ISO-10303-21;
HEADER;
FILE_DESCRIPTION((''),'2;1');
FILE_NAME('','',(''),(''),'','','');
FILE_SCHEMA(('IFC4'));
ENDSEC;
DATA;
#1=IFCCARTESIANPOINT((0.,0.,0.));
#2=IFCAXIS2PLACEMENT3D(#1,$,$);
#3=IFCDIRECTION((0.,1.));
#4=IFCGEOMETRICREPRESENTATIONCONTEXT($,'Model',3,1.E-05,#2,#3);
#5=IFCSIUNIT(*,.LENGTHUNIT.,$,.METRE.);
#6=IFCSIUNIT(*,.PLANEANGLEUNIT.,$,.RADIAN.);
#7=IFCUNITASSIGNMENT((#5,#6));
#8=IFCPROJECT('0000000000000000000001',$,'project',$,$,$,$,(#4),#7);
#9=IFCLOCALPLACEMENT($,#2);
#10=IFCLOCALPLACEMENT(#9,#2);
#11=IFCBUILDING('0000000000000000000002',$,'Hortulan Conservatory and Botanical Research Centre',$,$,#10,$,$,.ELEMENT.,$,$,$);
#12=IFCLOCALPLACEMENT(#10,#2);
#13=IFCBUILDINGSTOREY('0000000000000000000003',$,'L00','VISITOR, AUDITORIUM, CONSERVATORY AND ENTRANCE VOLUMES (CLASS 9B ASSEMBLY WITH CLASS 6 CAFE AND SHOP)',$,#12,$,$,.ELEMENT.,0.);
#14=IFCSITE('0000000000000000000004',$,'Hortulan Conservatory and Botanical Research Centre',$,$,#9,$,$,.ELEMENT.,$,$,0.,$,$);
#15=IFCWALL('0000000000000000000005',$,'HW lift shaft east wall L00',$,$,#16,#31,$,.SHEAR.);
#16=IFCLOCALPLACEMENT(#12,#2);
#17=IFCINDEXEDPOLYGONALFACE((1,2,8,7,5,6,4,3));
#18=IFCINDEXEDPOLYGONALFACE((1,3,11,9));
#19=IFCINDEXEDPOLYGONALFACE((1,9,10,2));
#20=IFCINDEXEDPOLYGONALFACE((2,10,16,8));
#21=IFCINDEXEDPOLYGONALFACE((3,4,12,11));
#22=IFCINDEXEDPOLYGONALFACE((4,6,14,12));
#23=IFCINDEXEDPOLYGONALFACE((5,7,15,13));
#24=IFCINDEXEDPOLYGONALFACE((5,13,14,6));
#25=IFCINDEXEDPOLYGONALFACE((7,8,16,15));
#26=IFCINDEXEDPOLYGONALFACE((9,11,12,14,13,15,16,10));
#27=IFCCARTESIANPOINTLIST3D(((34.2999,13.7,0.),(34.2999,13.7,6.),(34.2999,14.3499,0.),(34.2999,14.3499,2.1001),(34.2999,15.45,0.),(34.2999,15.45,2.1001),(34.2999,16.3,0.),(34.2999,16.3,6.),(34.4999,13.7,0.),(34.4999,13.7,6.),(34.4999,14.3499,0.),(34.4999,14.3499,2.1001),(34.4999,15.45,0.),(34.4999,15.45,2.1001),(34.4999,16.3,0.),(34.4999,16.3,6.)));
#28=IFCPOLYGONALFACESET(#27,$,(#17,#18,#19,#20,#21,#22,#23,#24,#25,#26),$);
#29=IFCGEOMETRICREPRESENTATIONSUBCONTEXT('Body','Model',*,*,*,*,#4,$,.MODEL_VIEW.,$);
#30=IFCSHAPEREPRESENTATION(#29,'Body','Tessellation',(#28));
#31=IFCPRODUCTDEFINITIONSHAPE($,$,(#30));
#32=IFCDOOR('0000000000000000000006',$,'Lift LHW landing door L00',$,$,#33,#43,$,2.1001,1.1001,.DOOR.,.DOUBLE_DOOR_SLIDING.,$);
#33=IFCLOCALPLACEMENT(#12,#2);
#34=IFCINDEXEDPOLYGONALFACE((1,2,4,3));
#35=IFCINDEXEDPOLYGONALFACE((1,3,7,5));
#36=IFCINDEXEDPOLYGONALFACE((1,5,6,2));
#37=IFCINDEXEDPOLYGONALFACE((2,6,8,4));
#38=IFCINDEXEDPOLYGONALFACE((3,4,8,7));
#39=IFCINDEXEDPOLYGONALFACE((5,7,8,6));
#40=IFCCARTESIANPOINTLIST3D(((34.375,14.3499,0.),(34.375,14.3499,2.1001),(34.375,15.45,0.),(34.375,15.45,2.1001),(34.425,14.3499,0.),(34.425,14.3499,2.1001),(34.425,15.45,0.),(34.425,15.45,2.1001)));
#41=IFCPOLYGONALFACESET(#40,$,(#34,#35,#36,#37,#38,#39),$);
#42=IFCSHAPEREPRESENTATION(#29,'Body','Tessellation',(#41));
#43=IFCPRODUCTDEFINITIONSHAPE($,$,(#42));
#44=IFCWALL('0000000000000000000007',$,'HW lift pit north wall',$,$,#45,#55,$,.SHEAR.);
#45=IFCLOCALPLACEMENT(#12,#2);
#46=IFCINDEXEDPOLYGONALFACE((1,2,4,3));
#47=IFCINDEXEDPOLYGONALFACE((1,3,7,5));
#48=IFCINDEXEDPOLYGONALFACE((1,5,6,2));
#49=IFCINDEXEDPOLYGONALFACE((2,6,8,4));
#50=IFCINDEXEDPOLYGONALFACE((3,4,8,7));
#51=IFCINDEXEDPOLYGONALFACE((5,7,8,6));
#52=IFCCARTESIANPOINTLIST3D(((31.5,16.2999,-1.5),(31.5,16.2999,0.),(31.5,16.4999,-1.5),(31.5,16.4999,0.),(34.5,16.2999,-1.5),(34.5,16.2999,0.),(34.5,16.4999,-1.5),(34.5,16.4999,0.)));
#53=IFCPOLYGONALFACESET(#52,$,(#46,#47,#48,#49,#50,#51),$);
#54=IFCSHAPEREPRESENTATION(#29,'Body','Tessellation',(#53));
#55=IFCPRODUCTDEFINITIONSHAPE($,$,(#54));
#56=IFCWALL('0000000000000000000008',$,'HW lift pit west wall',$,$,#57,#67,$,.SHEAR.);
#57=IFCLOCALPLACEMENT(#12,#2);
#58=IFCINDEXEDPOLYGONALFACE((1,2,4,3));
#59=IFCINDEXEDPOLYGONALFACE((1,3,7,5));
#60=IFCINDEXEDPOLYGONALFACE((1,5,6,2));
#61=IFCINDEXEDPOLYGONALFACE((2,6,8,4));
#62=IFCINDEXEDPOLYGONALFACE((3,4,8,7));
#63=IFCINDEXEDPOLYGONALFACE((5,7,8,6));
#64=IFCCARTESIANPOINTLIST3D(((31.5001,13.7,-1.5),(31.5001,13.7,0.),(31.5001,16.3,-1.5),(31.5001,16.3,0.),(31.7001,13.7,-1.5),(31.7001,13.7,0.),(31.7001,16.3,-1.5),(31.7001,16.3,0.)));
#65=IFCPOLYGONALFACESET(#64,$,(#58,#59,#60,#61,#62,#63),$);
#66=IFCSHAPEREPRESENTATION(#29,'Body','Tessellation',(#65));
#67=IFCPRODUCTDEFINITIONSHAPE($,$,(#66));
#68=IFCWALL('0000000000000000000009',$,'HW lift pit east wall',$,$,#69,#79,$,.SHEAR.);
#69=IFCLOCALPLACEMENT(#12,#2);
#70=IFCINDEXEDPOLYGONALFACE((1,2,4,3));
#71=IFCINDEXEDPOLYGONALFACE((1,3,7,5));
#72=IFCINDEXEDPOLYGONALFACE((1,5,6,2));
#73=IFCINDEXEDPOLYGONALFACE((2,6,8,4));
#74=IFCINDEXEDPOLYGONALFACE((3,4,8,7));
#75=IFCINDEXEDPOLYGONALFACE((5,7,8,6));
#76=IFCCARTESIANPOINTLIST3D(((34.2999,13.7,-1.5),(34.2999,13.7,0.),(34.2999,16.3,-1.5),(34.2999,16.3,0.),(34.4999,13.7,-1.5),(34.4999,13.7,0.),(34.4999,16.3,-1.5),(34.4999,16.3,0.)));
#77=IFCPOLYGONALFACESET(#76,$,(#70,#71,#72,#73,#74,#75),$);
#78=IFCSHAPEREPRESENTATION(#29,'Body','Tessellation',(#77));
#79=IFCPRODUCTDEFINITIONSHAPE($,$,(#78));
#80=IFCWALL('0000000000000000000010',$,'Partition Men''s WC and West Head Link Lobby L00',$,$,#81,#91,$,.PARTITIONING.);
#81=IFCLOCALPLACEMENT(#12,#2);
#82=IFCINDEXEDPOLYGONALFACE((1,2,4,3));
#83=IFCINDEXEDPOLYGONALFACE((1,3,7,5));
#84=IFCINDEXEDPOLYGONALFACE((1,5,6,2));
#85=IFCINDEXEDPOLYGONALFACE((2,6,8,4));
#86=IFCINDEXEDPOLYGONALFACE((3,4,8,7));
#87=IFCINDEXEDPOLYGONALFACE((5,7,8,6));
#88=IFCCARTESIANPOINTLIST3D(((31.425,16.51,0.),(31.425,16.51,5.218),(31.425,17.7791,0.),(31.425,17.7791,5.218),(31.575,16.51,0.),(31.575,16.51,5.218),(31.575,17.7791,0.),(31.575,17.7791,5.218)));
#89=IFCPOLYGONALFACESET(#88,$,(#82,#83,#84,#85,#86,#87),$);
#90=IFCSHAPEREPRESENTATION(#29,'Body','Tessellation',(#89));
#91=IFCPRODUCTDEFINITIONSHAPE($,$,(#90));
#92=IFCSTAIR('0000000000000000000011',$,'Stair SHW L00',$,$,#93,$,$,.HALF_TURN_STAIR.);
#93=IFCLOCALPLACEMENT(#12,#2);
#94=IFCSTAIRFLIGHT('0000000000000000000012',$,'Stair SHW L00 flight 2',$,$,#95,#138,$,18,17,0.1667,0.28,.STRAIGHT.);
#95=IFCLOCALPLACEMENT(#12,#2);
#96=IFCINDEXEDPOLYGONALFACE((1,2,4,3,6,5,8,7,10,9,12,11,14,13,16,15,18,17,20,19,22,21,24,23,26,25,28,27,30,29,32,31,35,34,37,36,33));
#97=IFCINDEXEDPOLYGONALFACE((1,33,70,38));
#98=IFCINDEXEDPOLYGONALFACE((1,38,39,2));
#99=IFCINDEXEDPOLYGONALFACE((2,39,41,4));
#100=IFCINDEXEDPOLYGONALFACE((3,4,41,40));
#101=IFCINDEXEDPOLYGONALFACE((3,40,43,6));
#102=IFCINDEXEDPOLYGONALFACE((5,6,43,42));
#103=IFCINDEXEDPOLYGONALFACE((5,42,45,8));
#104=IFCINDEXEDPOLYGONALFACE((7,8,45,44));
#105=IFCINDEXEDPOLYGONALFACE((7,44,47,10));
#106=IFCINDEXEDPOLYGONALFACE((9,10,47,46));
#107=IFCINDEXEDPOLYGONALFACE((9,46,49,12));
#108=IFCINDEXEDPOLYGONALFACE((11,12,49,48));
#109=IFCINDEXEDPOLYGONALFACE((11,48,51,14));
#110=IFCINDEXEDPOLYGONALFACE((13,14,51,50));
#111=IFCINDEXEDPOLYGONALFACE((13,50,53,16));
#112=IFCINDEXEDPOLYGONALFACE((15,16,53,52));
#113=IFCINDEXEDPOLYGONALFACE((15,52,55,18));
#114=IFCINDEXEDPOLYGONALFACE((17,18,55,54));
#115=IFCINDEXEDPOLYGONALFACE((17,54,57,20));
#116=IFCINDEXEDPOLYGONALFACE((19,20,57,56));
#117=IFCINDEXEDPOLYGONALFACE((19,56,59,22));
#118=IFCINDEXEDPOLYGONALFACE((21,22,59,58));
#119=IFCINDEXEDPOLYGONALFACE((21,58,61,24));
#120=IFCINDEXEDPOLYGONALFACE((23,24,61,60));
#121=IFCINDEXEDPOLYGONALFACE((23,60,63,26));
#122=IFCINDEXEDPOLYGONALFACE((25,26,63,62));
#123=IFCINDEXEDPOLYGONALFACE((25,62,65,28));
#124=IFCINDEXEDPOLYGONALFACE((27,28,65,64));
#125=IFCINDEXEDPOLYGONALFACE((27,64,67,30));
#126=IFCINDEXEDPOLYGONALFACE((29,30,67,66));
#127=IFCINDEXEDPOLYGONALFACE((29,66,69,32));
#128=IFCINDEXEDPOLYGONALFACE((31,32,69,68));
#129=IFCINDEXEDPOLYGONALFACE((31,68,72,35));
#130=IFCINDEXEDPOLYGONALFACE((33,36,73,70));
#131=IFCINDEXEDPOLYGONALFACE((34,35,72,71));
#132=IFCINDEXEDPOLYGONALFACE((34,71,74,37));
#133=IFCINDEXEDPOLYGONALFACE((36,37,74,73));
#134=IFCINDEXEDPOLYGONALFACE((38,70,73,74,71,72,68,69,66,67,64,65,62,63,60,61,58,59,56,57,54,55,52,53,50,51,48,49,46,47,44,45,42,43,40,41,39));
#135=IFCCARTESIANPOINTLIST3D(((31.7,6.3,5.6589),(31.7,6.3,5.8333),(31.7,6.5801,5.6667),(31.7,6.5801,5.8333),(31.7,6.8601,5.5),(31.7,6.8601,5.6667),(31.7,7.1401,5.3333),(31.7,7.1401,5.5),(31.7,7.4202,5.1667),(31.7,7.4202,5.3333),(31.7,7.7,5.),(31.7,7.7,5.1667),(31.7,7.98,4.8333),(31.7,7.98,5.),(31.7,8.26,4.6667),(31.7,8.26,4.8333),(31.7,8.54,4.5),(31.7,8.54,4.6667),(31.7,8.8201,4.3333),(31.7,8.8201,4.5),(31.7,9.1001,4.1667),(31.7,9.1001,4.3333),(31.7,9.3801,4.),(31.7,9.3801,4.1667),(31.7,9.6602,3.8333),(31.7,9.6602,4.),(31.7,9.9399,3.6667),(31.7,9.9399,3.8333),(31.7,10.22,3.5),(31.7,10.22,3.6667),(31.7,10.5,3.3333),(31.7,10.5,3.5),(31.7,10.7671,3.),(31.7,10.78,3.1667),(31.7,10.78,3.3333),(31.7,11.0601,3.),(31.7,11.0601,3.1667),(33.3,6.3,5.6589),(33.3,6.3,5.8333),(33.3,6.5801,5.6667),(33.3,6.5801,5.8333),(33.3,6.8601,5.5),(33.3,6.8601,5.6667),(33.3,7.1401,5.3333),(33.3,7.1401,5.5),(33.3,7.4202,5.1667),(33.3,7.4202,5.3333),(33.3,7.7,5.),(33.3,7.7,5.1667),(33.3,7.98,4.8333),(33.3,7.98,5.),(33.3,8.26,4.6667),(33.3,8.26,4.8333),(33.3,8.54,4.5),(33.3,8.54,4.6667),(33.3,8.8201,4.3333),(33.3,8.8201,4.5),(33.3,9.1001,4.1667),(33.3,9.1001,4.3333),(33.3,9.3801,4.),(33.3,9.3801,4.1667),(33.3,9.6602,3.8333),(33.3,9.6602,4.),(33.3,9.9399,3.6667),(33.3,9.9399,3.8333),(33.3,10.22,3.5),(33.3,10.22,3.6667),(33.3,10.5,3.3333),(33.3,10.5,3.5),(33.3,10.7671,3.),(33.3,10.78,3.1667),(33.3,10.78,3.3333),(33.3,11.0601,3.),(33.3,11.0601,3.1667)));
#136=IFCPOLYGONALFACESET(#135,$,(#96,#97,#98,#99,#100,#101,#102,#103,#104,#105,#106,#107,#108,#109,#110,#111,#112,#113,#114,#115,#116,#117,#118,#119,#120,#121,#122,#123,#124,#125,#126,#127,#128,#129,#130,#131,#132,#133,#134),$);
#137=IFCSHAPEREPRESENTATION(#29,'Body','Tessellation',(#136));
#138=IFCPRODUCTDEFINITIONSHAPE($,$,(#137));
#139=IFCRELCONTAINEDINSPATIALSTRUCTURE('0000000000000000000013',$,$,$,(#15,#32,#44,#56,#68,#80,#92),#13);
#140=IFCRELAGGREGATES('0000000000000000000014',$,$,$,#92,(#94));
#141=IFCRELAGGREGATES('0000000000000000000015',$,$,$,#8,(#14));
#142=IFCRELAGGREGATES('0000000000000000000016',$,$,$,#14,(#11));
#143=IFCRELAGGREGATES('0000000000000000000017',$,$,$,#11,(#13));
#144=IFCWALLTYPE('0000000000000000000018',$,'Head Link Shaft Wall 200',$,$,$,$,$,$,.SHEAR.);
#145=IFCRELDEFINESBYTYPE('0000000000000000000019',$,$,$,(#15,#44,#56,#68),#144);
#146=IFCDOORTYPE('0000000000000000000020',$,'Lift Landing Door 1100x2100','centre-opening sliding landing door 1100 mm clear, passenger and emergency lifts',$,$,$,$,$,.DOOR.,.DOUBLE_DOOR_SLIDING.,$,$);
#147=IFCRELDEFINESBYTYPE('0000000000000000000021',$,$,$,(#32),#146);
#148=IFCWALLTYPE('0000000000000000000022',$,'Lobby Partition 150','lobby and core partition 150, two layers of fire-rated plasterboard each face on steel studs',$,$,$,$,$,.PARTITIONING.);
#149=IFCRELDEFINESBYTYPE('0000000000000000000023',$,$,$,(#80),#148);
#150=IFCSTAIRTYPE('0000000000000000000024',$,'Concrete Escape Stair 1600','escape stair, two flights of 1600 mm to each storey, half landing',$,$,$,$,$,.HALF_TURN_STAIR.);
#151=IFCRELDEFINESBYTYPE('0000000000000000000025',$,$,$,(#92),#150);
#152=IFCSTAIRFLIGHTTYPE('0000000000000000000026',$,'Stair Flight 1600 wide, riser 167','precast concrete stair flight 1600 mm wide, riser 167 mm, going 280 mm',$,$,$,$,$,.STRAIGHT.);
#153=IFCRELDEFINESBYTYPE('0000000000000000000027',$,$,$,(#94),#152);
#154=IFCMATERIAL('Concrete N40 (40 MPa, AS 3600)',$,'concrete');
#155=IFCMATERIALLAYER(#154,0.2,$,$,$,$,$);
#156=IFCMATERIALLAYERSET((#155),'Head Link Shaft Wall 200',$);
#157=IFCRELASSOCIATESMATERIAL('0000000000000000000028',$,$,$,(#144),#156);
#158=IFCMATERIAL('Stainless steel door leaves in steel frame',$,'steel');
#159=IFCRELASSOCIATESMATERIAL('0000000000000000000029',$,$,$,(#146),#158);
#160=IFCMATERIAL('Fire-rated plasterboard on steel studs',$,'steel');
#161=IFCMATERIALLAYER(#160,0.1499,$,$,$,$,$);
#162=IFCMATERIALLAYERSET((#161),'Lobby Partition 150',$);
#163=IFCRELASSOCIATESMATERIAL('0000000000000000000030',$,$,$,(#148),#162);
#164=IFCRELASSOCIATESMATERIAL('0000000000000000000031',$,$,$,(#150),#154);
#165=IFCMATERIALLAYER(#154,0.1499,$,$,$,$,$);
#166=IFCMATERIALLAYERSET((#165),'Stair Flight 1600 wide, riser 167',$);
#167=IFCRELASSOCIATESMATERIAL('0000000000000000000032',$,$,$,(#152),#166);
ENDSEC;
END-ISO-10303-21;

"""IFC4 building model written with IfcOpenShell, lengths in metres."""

from ifc_helpers import new_model, si_unit, direction, frame, frame_2d, origin, place, context, subcontext, project, spatial, polyline, rectangle, outline, extrude, material, layer, layer_set, type_object, element, fill, aggregate, save


model = new_model("IFC4")

# Units and contexts
model_context = context("Model", 3, precision=1e-05, world=origin(), true_north=direction((0.0, 1.0)))
body_context = subcontext(model_context, "Body", "Model", "MODEL_VIEW")
ifc_project = project(units=[si_unit("LENGTHUNIT", "METRE"), si_unit("PLANEANGLEUNIT", "RADIAN")], contexts=[model_context])

# Site, building, storey
site_placement = place(None, origin())
site = spatial("IfcSite", under=ifc_project, at=site_placement, Name="Hortulan Conservatory and Botanical Research Centre", CompositionType="ELEMENT", RefElevation=0.0)
building_placement = place(site_placement, origin())
building = spatial("IfcBuilding", under=site, at=building_placement, Name="Hortulan Conservatory and Botanical Research Centre", CompositionType="ELEMENT")
storey_placement = place(building_placement, origin())
storey = spatial("IfcBuildingStorey", under=building, at=storey_placement, Name="L00", Description="VISITOR, AUDITORIUM, CONSERVATORY AND ENTRANCE VOLUMES (CLASS 9B ASSEMBLY WITH CLASS 6 CAFE AND SHOP)", CompositionType="ELEMENT", Elevation=0.0)

# Shared definitions
ifc_material_1 = material(Name="Concrete N40 (40 MPa, AS 3600)", Category="concrete")

# Shared definitions
ifc_layer_1 = layer(ifc_material_1, 0.2)
ifc_layer_set_1 = layer_set([ifc_layer_1], Name="Head Link Shaft Wall 200")
wall_type_1 = type_object("IfcWallType", Name="Head Link Shaft Wall 200", PredefinedType="SHEAR", material=ifc_layer_set_1)

# Wall, opening, door
wall_1_placement = place(storey_placement, frame((34.3999, 13.7, 0.0), z_axis=(0.0, 0.0, 1.0), x_axis=(0.0, 1.0, 0.0)))
wall_1 = element("IfcWall", 1, at=wall_1_placement, inside=storey, type_object=wall_type_1, Name="HW lift shaft east wall L00", PredefinedType="SHEAR", context=body_context, shape_type="SweptSolid", body=[
    extrude(rectangle(XDim=2.6001, YDim=0.2, at=frame_2d((1.3, 0.0))), origin(), (0.0, 0.0, 1.0), 6.0),
])
opening_placement = place(wall_1_placement, frame((0.6499, 0.0, 0.0)))
opening = element("IfcOpeningElement", 2, at=opening_placement, cuts=wall_1, PredefinedType="OPENING", context=body_context, shape_type="SweptSolid", body=[
    extrude(rectangle(XDim=1.1001, YDim=2.1001, at=frame_2d((0.55, 1.05))), frame((0.0, 0.1099, 0.0), z_axis=(0.0, -1.0, 0.0), x_axis=(1.0, 0.0, 0.0)), (0.0, 0.0, 1.0), 0.22),
])
ifc_material_2 = material(Name="Stainless steel door leaves in steel frame", Category="steel")
door_type = type_object("IfcDoorType", Name="Lift Landing Door 1100x2100", Description="centre-opening sliding landing door 1100 mm clear, passenger and emergency lifts", OperationType="DOUBLE_DOOR_SLIDING", PredefinedType="DOOR", material=ifc_material_2)
door_placement = place(opening_placement, origin())
door = element("IfcDoor", 3, at=door_placement, inside=storey, type_object=door_type, Name="Lift LHW landing door L00", OperationType="DOUBLE_DOOR_SLIDING", OverallHeight=2.1001, OverallWidth=1.1001, PredefinedType="DOOR", context=body_context, shape_type="SweptSolid", body=[
    extrude(rectangle(XDim=1.1001, YDim=2.1001, at=frame_2d((0.55, 1.05))), frame((0.0, 0.0249, 0.0), z_axis=(0.0, -1.0, 0.0), x_axis=(1.0, 0.0, 0.0)), (0.0, 0.0, 1.0), 0.05),
])
fill(opening, door)

# Walls
wall_2_placement = place(storey_placement, frame((31.5, 16.3999, -1.5), z_axis=(0.0, 0.0, 1.0), x_axis=(1.0, 0.0, 0.0)))
element("IfcWall", 4, at=wall_2_placement, inside=storey, type_object=wall_type_1, Name="HW lift pit north wall", PredefinedType="SHEAR", context=body_context, shape_type="SweptSolid", body=[
    extrude(rectangle(XDim=3.0, YDim=0.2, at=frame_2d((1.5, 0.0))), origin(), (0.0, 0.0, 1.0), 1.5),
])
for number, where, z_axis, x_axis, name in (
    (5, (31.6001, 13.7, -1.5), (0.0, 0.0, 1.0), (0.0, 1.0, 0.0), "HW lift pit west wall"),
    (6, (34.3999, 13.7, -1.5), (0.0, 0.0, 1.0), (0.0, 1.0, 0.0), "HW lift pit east wall"),
):
    element("IfcWall", number, at=place(storey_placement, frame(where, z_axis=z_axis, x_axis=x_axis)), inside=storey, type_object=wall_type_1, Name=name, PredefinedType="SHEAR", context=body_context, shape_type="SweptSolid", body=[
        extrude(rectangle(XDim=2.6001, YDim=0.2, at=frame_2d((1.3, 0.0))), origin(), (0.0, 0.0, 1.0), 1.5),
    ])
ifc_material_3 = material(Name="Fire-rated plasterboard on steel studs", Category="steel")
ifc_layer_2 = layer(ifc_material_3, 0.1499)
ifc_layer_set_2 = layer_set([ifc_layer_2], Name="Lobby Partition 150")
wall_type_2 = type_object("IfcWallType", Name="Lobby Partition 150", Description="lobby and core partition 150, two layers of fire-rated plasterboard each face on steel studs", PredefinedType="PARTITIONING", material=ifc_layer_set_2)
wall_3_placement = place(storey_placement, frame((31.5, 16.51, 0.0), z_axis=(0.0, 0.0, 1.0), x_axis=(0.0, 1.0, 0.0)))
element("IfcWall", 7, at=wall_3_placement, inside=storey, type_object=wall_type_2, Name="Partition Men's WC and West Head Link Lobby L00", PredefinedType="PARTITIONING", context=body_context, shape_type="SweptSolid", body=[
    extrude(rectangle(XDim=1.269, YDim=0.1499, at=frame_2d((0.6345, 0.0))), origin(), (0.0, 0.0, 1.0), 5.218),
])

# Stair, stair flight
stair_type = type_object("IfcStairType", Name="Concrete Escape Stair 1600", Description="escape stair, two flights of 1600 mm to each storey, half landing", PredefinedType="HALF_TURN_STAIR", material=ifc_material_1)
stair_placement = place(storey_placement, origin())
stair = element("IfcStair", 8, at=stair_placement, inside=storey, type_object=stair_type, Name="Stair SHW L00", PredefinedType="HALF_TURN_STAIR")
ifc_layer_3 = layer(ifc_material_1, 0.1499)
ifc_layer_set_3 = layer_set([ifc_layer_3], Name="Stair Flight 1600 wide, riser 167")
stair_flight_type = type_object("IfcStairFlightType", Name="Stair Flight 1600 wide, riser 167", Description="precast concrete stair flight 1600 mm wide, riser 167 mm, going 280 mm", PredefinedType="STRAIGHT", material=ifc_layer_set_3)
stair_flight_placement = place(storey_placement, frame((32.5, 11.0601, 3.0), z_axis=(0.0, 0.0, 1.0), x_axis=(0.0, -1.0, 0.0)))
stair_flight = element("IfcStairFlight", 9, at=stair_flight_placement, type_object=stair_flight_type, Name="Stair SHW L00 flight 2", NumberOfRisers=18, NumberOfTreads=17, PredefinedType="STRAIGHT", RiserHeight=0.1667, TreadLength=0.28, context=body_context, shape_type="SweptSolid", body=[
    extrude(outline(polyline([(0.0, 0.0), (0.0, 0.1667), (0.28, 0.1667), (0.28, 0.3333), (0.5601, 0.3333), (0.5601, 0.5), (0.8401, 0.5), (0.8401, 0.6667), (1.1201, 0.6667), (1.1201, 0.8333), (1.3999, 0.8333), (1.3999, 1.0), (1.6799, 1.0), (1.6799, 1.1667), (1.96, 1.1667), (1.96, 1.3333), (2.24, 1.3333), (2.24, 1.5), (2.52, 1.5), (2.52, 1.6667), (2.8, 1.6667), (2.8, 1.8333), (3.0801, 1.8333), (3.0801, 2.0), (3.3601, 2.0), (3.3601, 2.1667), (3.6399, 2.1667), (3.6399, 2.3333), (3.9199, 2.3333), (3.9199, 2.5), (4.2, 2.5), (4.2, 2.6667), (4.48, 2.6667), (4.48, 2.8333), (4.76, 2.8333), (4.76, 3.0), (4.76, 2.6589), (0.293, 0.0), (0.0, 0.0)])), frame((0.0, 0.8, 0.0), z_axis=(0.0, -1.0, 0.0), x_axis=(1.0, 0.0, 0.0)), (0.0, 0.0, 1.0), 1.6001),
])
aggregate(stair, [stair_flight])

save(model, "model.ifc")
